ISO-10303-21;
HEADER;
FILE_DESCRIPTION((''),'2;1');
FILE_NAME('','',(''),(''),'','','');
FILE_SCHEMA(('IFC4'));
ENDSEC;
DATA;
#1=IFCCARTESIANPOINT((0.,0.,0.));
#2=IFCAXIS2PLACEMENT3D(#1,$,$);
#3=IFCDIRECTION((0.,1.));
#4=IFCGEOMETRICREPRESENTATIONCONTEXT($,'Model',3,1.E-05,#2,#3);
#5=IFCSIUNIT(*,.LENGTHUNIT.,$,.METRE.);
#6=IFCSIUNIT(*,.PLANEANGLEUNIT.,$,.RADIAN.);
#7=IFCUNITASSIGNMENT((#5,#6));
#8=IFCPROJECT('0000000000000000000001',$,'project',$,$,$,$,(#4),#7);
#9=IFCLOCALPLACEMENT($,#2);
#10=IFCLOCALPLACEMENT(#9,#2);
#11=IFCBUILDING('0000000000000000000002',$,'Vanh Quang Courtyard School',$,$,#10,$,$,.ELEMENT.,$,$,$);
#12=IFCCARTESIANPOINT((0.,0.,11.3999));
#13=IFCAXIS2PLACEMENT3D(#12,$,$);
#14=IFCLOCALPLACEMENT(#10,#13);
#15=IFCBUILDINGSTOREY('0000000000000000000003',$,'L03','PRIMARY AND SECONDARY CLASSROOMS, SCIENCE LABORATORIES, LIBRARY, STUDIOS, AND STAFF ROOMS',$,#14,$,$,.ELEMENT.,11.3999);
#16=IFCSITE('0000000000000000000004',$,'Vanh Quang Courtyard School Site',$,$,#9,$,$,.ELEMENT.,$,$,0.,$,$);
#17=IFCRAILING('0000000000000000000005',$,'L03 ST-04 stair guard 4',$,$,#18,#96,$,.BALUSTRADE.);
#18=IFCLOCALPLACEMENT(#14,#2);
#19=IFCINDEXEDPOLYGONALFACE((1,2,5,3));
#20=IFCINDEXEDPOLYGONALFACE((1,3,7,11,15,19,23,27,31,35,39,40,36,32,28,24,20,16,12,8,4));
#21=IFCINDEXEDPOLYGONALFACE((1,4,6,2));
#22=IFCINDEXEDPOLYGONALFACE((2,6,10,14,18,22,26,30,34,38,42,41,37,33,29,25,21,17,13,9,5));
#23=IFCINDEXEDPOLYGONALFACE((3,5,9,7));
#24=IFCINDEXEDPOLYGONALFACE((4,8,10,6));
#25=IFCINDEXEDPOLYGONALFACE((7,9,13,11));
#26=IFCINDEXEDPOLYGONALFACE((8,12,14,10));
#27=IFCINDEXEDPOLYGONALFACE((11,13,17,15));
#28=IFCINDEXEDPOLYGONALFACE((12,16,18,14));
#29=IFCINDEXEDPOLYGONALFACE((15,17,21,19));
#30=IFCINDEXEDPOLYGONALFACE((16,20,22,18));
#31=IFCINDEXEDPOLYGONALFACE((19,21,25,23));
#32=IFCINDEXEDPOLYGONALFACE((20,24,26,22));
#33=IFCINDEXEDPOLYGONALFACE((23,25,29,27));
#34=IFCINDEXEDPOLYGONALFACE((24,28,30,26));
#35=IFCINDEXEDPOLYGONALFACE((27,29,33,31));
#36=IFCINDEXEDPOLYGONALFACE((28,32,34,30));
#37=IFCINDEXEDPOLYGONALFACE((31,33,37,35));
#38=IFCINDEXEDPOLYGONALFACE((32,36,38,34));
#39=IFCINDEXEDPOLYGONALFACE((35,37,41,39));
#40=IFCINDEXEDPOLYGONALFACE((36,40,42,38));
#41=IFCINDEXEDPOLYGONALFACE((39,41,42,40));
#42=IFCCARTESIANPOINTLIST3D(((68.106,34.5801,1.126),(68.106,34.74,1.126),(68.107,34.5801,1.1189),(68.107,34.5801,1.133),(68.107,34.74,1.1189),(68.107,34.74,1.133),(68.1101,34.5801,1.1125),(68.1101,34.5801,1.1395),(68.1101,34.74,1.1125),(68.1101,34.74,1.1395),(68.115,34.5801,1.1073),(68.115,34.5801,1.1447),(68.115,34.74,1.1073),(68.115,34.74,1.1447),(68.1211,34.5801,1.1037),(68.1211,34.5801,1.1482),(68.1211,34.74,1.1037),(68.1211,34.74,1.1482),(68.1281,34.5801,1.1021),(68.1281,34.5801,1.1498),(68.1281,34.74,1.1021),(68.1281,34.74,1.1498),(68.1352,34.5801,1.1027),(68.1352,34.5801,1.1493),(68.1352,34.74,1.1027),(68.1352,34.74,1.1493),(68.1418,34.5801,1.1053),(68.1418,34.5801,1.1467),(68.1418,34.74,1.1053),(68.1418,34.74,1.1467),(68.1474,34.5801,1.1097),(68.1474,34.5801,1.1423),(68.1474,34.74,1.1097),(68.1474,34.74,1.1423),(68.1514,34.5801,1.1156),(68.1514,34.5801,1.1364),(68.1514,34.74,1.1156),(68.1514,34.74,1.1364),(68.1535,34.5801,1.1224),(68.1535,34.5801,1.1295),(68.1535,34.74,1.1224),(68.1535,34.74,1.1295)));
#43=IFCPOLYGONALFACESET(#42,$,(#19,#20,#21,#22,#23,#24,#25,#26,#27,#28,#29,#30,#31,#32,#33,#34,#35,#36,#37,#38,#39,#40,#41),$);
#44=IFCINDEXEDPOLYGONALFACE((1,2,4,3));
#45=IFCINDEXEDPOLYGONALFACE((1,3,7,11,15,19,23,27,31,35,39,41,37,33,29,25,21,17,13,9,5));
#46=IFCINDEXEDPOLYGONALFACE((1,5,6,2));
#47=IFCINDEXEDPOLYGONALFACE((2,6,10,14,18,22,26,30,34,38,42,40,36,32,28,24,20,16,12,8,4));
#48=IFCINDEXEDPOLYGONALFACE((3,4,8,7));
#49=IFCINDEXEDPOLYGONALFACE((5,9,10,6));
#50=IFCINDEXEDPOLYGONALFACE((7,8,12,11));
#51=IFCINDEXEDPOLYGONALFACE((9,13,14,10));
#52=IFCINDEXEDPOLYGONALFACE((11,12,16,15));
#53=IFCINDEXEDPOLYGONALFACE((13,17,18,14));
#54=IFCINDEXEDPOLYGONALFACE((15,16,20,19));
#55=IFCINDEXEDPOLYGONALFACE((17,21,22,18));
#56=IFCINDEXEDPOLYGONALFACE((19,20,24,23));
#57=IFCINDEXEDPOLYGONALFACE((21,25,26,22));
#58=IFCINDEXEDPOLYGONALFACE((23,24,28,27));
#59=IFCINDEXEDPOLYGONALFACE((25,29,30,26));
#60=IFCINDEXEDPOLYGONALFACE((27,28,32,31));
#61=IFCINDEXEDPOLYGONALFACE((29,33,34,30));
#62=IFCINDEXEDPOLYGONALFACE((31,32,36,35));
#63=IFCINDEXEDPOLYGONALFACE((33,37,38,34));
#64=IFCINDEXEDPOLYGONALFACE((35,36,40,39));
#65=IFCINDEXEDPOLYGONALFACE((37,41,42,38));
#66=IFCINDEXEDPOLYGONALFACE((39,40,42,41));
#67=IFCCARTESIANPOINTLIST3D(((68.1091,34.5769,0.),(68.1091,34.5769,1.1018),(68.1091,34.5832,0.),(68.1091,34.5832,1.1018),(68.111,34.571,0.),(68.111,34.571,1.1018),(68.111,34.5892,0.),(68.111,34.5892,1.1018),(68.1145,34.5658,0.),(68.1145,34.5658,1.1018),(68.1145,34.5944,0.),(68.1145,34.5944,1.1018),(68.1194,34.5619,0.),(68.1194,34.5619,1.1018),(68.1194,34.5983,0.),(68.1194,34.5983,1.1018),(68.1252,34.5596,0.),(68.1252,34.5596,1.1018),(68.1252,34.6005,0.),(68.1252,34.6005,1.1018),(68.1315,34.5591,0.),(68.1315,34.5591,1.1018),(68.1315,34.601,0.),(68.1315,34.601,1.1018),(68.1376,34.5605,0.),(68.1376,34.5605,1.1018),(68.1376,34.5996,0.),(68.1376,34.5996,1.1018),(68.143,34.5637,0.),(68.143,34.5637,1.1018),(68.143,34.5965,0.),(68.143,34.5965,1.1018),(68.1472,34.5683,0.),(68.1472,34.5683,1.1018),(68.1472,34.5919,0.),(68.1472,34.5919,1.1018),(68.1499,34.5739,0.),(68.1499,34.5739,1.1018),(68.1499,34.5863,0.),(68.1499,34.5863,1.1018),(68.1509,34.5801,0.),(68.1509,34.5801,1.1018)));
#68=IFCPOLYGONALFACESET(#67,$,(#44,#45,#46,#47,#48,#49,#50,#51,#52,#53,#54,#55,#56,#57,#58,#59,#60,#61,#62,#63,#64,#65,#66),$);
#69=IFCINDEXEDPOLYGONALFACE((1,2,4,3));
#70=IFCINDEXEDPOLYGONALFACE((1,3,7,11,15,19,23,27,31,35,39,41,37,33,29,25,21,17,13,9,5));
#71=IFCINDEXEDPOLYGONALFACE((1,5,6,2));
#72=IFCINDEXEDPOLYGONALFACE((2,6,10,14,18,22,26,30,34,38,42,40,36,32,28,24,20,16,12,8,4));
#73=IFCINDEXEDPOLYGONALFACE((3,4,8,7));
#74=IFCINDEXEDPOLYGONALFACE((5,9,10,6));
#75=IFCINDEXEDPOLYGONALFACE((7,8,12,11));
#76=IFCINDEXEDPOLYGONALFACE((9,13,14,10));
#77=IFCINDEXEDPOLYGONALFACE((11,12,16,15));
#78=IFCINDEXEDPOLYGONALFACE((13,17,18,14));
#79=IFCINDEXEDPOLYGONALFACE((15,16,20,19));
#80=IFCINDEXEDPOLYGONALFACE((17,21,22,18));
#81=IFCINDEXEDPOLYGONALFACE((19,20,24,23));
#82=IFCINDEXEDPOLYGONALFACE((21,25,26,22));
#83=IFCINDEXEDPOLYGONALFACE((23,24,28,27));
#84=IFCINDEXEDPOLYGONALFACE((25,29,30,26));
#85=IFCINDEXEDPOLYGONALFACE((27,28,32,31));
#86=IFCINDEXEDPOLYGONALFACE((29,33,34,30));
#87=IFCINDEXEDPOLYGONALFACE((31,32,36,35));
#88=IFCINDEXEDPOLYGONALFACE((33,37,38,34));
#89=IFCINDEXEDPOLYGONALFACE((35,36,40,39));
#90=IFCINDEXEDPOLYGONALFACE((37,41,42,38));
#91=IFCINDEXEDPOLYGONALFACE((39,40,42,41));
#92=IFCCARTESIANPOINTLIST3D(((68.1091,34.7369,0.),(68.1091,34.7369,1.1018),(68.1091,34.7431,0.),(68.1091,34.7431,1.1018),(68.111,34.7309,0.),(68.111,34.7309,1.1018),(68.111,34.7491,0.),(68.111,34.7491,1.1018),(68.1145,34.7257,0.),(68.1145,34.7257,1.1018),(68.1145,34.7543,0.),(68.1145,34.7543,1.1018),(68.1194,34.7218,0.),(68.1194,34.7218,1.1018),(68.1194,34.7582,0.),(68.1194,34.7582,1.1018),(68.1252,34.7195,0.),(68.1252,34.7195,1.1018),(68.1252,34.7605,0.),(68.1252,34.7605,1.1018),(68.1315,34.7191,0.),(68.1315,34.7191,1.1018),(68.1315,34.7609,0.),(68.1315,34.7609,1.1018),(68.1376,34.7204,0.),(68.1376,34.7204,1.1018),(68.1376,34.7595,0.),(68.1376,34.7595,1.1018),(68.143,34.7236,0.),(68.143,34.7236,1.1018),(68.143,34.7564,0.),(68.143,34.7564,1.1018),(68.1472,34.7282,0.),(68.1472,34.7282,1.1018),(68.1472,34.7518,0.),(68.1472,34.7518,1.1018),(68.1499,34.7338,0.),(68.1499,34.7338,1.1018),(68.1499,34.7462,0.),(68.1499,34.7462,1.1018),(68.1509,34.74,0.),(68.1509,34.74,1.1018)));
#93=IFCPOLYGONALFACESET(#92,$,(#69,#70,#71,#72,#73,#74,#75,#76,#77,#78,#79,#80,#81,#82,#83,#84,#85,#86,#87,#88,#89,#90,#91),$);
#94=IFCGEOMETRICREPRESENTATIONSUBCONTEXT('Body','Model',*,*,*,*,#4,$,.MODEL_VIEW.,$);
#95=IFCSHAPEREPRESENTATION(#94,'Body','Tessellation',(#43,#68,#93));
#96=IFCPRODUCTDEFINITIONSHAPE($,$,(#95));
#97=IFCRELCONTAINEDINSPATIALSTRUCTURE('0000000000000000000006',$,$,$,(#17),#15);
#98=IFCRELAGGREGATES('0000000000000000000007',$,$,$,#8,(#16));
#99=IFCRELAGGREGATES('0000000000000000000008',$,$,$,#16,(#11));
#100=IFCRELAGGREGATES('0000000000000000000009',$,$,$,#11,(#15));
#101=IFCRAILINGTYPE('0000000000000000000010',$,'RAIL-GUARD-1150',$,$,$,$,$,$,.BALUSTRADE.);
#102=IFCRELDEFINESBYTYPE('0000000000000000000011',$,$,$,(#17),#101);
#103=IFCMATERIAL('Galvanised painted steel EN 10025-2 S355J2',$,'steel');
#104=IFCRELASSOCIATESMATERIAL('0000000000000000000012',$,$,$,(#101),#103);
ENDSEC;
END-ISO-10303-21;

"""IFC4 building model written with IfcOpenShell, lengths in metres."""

from ifc_helpers import new_model, si_unit, direction, frame, origin, origin_2d, place, context, subcontext, project, spatial, circle, extrude, material, type_object, element, save


model = new_model("IFC4")

# Units and contexts
model_context = context("Model", 3, precision=1e-05, world=origin(), true_north=direction((0.0, 1.0)))
body_context = subcontext(model_context, "Body", "Model", "MODEL_VIEW")
ifc_project = project(units=[si_unit("LENGTHUNIT", "METRE"), si_unit("PLANEANGLEUNIT", "RADIAN")], contexts=[model_context])

# Site, building, storey
site_placement = place(None, origin())
site = spatial("IfcSite", under=ifc_project, at=site_placement, Name="Vanh Quang Courtyard School Site", CompositionType="ELEMENT", RefElevation=0.0)
building_placement = place(site_placement, origin())
building = spatial("IfcBuilding", under=site, at=building_placement, Name="Vanh Quang Courtyard School", CompositionType="ELEMENT")
storey_placement = place(building_placement, frame((0.0, 0.0, 11.3999)))
storey = spatial("IfcBuildingStorey", under=building, at=storey_placement, Name="L03", Description="PRIMARY AND SECONDARY CLASSROOMS, SCIENCE LABORATORIES, LIBRARY, STUDIOS, AND STAFF ROOMS", CompositionType="ELEMENT", Elevation=11.3999)

# Railing
ifc_material_1 = material(Name="Galvanised painted steel EN 10025-2 S355J2", Category="steel")
railing_type_1 = type_object("IfcRailingType", Name="RAIL-GUARD-1150", PredefinedType="BALUSTRADE", material=ifc_material_1)
railing_1_placement = place(storey_placement, frame((68.1299, 34.5801, 0.0)))
element("IfcRailing", 1, at=railing_1_placement, inside=storey, type_object=railing_type_1, Name="L03 ST-04 stair guard 4", PredefinedType="BALUSTRADE", context=body_context, shape_type="SweptSolid", body=[
    extrude(circle(Radius=0.0239, at=origin_2d()), frame((0.0, 0.0, 1.126), z_axis=(0.0, 1.0, 0.0), x_axis=(-1.0, 0.0, 0.0)), (0.0, 0.0, 1.0), 0.1599),
    extrude(circle(Radius=0.021, at=origin_2d()), origin(), (0.0, 0.0, 1.0), 1.1018),
    extrude(circle(Radius=0.021, at=origin_2d()), frame((0.0, 0.1599, 0.0)), (0.0, 0.0, 1.0), 1.1018),
])

save(model, "model.ifc")
